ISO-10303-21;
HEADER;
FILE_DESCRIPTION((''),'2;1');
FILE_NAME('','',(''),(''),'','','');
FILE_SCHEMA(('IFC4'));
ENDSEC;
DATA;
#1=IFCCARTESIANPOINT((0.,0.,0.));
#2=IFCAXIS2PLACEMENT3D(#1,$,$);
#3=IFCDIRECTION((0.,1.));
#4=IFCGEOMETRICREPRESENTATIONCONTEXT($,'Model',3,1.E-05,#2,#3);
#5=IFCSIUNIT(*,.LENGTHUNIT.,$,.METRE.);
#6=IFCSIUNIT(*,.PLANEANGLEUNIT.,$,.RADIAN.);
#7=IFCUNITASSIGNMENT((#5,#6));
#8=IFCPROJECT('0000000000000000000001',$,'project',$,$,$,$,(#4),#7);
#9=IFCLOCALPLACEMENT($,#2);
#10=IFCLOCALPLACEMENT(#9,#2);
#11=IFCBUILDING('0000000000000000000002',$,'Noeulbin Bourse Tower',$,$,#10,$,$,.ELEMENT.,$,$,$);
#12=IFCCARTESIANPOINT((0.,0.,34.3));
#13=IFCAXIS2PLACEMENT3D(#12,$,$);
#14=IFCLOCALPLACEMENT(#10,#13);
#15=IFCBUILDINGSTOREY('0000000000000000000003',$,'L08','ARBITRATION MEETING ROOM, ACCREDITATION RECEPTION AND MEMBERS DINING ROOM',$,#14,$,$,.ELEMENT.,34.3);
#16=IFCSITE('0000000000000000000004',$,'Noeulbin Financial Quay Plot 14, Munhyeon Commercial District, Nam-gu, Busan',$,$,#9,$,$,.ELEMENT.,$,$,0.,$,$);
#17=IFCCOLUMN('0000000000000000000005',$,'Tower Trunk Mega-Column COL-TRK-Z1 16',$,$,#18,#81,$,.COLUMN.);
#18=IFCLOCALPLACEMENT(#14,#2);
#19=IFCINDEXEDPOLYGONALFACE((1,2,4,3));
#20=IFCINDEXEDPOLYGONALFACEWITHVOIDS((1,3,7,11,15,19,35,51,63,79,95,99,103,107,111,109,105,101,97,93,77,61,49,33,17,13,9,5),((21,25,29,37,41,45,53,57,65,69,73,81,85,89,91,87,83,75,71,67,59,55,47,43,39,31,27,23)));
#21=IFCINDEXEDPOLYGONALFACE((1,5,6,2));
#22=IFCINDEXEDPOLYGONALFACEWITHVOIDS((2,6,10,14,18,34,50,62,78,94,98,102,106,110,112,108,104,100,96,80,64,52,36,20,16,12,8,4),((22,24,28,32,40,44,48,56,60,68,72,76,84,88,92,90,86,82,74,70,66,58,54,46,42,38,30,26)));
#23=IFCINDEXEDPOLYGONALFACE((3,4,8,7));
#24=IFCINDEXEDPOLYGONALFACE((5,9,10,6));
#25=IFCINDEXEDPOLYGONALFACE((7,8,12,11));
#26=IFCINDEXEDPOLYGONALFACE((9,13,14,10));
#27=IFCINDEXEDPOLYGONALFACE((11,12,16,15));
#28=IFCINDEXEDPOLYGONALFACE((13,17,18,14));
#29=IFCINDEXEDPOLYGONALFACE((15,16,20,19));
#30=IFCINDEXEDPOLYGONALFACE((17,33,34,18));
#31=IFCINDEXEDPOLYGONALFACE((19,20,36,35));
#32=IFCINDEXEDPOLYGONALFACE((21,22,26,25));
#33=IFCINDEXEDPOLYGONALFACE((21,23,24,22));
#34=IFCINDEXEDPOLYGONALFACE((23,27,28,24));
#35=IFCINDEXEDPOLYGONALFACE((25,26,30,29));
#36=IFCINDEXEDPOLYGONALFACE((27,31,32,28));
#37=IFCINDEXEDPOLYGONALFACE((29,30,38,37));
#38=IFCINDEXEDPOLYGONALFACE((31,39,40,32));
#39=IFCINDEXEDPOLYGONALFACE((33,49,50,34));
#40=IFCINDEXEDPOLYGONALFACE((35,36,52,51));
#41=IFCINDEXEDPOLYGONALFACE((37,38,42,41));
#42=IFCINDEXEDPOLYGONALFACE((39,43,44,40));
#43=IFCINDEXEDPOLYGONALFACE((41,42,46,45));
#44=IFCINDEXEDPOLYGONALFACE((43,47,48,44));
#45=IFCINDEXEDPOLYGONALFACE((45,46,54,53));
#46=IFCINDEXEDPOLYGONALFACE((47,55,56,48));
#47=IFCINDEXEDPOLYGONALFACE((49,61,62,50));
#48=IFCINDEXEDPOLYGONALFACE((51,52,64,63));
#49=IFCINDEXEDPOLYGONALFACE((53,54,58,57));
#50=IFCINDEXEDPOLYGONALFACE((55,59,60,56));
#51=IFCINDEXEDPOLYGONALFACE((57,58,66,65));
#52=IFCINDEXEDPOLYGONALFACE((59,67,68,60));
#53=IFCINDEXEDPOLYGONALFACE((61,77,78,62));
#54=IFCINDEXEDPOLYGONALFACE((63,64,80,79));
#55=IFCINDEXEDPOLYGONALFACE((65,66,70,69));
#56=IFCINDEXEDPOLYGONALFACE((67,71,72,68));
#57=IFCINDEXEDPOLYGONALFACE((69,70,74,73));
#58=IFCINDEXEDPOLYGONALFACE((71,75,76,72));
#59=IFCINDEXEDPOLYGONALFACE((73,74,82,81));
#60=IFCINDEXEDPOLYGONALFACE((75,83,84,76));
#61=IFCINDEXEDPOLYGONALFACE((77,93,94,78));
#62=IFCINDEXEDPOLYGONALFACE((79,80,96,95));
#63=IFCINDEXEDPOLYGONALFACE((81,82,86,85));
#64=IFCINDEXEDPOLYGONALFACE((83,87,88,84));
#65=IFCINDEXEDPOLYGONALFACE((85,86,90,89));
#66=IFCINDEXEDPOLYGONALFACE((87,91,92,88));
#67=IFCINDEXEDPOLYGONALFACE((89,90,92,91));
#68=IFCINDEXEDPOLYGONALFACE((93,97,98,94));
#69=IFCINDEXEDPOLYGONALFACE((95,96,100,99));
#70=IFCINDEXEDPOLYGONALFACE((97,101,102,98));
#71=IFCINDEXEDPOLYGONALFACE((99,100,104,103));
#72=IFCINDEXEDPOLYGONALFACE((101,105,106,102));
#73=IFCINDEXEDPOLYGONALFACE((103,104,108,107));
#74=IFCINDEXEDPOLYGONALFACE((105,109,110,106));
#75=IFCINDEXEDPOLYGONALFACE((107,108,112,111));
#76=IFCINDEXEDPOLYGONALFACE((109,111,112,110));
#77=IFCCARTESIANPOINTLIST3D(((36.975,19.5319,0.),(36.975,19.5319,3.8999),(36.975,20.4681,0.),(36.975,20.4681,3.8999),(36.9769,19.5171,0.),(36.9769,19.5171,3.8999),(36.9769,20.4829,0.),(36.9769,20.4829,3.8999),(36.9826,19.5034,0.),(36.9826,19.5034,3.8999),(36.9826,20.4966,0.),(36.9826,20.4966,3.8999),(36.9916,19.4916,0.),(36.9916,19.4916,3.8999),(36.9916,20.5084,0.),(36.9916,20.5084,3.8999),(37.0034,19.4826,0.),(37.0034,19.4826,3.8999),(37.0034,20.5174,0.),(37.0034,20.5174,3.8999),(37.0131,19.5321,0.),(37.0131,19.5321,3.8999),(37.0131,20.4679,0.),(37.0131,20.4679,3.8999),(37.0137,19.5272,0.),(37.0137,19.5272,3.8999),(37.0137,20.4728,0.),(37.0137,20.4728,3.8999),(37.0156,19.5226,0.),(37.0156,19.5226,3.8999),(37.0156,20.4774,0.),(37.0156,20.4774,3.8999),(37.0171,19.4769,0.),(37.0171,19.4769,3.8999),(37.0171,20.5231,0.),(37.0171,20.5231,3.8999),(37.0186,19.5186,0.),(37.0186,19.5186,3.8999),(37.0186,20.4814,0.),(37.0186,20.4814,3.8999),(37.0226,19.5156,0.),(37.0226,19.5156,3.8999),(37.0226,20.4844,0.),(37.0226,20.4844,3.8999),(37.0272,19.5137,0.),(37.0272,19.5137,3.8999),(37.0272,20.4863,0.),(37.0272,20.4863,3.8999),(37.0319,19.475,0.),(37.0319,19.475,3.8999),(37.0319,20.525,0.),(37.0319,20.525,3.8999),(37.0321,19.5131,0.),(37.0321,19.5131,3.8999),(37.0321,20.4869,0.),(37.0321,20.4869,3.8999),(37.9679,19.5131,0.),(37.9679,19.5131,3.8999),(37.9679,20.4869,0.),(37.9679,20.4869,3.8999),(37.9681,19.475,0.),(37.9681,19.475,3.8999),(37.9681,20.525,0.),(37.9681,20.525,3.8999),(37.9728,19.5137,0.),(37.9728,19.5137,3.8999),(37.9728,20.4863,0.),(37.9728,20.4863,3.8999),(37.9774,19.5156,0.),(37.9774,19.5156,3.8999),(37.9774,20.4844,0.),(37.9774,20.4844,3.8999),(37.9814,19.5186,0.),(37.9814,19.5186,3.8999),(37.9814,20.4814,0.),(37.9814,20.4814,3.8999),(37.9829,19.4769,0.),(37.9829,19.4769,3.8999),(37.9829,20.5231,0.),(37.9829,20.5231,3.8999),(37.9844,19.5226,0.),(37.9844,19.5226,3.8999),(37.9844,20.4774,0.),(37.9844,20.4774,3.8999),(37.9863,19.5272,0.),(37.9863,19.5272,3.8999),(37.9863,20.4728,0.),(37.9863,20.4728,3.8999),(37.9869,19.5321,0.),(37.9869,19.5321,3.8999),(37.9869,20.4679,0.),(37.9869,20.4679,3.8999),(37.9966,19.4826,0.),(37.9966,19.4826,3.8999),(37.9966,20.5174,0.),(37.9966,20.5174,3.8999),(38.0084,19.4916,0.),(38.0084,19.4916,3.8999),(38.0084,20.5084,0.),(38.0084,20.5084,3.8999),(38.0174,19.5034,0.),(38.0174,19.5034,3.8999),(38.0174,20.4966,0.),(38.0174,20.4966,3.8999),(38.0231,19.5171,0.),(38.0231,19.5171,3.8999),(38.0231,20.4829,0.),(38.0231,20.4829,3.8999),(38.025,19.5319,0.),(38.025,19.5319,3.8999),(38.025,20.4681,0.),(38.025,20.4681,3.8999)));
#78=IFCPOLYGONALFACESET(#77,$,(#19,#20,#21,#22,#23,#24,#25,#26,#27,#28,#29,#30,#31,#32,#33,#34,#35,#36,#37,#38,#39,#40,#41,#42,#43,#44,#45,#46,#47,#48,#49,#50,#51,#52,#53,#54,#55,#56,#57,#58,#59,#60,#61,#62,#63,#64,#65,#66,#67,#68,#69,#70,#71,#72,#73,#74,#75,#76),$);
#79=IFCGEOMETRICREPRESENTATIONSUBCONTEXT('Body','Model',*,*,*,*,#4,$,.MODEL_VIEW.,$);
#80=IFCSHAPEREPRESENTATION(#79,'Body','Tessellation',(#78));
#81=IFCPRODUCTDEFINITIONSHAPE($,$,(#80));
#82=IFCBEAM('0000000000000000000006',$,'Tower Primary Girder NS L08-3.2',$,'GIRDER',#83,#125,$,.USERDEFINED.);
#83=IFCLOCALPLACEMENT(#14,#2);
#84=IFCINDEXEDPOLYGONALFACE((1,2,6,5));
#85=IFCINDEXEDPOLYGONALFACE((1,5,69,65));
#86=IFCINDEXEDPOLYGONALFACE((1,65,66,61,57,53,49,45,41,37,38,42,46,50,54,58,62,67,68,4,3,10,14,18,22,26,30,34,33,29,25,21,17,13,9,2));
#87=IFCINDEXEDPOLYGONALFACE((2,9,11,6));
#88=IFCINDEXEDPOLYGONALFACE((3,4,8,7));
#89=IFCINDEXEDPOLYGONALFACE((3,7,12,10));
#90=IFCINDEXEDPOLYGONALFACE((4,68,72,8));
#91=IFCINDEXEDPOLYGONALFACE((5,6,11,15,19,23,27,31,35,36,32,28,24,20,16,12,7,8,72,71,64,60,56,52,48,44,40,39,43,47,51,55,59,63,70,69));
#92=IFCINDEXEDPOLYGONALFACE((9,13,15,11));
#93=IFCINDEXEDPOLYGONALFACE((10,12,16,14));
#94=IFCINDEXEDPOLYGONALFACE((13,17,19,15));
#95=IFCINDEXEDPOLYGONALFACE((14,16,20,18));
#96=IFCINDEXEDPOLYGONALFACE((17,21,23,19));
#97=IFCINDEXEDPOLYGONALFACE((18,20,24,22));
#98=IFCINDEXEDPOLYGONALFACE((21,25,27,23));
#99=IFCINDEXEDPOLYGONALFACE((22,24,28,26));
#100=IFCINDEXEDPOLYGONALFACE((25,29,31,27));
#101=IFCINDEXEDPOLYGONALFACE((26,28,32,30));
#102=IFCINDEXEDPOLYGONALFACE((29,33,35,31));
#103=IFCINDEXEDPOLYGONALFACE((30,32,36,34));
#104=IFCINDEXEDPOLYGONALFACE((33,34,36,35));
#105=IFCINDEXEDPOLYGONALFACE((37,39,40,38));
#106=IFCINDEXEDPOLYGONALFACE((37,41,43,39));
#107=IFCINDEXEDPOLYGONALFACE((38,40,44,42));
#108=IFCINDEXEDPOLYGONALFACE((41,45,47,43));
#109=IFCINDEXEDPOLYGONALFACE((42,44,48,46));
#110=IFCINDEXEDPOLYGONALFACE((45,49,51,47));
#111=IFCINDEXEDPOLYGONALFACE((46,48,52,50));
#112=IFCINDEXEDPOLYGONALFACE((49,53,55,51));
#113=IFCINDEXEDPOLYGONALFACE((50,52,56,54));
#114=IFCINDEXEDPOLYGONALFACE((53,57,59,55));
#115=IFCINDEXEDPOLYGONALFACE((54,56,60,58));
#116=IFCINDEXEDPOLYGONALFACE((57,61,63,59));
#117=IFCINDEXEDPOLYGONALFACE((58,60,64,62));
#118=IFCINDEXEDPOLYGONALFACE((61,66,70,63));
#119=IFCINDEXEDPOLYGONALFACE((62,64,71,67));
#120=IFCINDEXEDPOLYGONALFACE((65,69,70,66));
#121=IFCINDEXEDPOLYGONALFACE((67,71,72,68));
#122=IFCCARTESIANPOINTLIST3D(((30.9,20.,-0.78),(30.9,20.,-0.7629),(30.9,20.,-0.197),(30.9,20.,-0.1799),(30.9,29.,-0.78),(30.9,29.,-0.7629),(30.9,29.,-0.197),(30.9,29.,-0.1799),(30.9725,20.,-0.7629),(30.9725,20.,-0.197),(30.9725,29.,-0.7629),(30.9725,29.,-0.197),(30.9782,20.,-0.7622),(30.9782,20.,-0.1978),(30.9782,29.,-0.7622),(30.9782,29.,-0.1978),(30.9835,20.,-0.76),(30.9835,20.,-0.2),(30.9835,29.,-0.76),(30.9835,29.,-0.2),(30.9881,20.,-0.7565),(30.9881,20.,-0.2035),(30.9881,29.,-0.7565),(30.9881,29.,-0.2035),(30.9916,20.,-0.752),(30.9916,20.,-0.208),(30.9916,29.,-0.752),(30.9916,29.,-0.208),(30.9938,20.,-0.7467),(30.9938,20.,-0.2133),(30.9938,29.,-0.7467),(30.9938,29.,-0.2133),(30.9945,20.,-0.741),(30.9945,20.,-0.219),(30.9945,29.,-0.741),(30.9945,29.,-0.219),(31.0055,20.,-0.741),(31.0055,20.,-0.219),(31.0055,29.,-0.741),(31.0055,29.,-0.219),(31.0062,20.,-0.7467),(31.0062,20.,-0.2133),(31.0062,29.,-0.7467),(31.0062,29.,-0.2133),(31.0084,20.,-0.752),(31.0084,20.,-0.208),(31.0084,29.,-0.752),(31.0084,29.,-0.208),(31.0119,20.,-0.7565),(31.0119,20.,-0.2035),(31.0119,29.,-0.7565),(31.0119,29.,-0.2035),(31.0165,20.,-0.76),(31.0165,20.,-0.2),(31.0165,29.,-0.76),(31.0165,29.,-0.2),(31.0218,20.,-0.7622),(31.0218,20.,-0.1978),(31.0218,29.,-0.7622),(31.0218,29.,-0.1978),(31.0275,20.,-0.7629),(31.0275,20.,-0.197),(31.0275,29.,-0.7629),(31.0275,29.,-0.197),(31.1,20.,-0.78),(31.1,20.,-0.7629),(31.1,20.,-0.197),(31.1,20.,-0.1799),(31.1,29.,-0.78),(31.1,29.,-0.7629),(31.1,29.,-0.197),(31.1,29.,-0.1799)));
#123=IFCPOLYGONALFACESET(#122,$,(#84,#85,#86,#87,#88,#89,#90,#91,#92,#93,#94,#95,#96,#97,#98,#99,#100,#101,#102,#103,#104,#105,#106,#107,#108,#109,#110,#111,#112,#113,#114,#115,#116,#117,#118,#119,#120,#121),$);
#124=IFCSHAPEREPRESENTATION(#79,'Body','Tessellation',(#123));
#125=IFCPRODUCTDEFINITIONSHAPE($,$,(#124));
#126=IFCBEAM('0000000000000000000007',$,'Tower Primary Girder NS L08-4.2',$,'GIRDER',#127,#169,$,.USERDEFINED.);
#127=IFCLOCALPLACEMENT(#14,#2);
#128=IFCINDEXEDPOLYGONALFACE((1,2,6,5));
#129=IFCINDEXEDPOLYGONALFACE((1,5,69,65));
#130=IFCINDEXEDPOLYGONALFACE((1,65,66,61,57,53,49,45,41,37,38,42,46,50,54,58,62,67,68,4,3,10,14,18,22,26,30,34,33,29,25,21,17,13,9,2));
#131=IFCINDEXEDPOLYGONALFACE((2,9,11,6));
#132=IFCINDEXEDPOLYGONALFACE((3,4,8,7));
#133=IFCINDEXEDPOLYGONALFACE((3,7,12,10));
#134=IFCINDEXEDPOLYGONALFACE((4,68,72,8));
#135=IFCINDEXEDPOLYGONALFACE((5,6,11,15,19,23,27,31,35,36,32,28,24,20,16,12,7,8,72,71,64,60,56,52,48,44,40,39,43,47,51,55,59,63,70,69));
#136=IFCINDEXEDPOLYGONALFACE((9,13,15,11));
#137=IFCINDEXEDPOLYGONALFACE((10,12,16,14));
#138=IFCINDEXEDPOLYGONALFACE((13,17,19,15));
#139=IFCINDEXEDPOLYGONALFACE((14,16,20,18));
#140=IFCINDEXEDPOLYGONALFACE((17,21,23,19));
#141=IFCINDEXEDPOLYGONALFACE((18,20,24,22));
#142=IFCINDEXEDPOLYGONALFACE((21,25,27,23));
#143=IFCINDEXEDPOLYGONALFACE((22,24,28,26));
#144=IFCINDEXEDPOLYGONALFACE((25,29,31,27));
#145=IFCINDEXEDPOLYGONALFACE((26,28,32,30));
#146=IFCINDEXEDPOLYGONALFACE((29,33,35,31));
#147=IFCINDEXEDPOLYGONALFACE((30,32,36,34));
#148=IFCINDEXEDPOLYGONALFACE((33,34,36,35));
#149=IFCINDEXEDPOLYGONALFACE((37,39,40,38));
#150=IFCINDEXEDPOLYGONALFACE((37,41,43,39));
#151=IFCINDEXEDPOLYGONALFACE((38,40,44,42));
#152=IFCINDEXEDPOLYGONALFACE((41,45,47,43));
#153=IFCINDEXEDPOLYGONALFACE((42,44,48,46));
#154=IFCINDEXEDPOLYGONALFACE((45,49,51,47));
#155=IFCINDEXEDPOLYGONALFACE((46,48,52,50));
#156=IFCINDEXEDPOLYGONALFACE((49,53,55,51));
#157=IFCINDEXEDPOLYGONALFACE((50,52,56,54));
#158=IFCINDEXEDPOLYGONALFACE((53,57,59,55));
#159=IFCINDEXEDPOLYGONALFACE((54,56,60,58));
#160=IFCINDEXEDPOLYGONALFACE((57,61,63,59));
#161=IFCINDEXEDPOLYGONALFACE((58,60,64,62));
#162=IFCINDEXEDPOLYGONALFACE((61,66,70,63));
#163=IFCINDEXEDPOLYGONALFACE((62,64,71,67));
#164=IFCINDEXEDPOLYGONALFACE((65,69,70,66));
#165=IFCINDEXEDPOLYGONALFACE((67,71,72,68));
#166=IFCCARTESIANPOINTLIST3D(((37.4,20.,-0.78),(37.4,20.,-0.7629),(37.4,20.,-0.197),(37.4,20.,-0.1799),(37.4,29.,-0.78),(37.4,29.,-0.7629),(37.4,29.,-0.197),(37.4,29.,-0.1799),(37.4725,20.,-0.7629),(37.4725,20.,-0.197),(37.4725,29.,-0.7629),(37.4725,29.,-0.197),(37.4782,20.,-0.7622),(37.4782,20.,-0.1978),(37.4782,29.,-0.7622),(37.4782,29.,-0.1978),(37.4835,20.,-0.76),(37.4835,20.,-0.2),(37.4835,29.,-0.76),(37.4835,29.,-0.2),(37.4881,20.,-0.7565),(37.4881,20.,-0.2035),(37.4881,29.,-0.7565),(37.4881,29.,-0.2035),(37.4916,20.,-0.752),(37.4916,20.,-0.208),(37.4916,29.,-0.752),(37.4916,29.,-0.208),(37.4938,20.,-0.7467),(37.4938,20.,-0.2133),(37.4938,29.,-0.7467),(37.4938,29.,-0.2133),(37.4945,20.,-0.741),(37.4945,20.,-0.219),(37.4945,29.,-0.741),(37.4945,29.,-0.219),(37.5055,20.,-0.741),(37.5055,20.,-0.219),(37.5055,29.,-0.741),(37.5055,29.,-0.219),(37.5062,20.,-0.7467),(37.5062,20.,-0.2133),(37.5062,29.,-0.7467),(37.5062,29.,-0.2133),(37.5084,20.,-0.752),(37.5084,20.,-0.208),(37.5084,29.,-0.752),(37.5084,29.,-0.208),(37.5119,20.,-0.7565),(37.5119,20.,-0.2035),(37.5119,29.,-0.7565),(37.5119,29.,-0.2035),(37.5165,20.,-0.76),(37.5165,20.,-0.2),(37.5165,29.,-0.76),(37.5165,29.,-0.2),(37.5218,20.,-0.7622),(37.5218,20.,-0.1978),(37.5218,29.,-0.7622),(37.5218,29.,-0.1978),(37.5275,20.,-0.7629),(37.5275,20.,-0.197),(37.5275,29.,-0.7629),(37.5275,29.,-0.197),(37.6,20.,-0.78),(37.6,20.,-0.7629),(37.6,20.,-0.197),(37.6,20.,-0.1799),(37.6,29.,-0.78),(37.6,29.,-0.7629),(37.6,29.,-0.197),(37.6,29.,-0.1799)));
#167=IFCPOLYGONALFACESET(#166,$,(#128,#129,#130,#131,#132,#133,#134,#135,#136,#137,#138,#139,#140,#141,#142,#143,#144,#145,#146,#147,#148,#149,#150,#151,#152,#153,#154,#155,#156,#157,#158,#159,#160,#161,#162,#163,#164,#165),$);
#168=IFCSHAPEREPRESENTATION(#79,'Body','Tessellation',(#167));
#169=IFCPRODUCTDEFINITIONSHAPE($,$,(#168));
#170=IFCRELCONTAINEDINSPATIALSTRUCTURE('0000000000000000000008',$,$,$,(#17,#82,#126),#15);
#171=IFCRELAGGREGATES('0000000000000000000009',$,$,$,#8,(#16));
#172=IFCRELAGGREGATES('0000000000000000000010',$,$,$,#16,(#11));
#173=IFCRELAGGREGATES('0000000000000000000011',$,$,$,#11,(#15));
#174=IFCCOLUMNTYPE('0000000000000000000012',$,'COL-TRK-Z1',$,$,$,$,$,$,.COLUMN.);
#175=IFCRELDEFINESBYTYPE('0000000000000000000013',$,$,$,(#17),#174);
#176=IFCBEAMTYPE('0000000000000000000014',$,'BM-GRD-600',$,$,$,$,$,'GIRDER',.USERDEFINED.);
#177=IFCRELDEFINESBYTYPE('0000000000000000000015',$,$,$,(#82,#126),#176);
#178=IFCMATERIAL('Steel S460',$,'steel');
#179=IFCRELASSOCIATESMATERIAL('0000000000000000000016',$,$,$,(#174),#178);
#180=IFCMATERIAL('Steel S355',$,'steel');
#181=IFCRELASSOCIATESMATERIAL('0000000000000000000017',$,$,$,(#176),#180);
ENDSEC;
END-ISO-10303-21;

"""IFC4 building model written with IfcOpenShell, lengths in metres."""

from ifc_helpers import new_model, si_unit, direction, frame, origin, origin_2d, place, context, subcontext, project, spatial, hollow_rectangle, i_section, extrude, material, material_profile, profile_set, type_object, element, save


model = new_model("IFC4")

# Units and contexts
model_context = context("Model", 3, precision=1e-05, world=origin(), true_north=direction((0.0, 1.0)))
body_context = subcontext(model_context, "Body", "Model", "MODEL_VIEW")
ifc_project = project(units=[si_unit("LENGTHUNIT", "METRE"), si_unit("PLANEANGLEUNIT", "RADIAN")], contexts=[model_context])

# Site, building, storey
site_placement = place(None, origin())
site = spatial("IfcSite", under=ifc_project, at=site_placement, Name="Noeulbin Financial Quay Plot 14, Munhyeon Commercial District, Nam-gu, Busan", CompositionType="ELEMENT", RefElevation=0.0)
building_placement = place(site_placement, origin())
building = spatial("IfcBuilding", under=site, at=building_placement, Name="Noeulbin Bourse Tower", CompositionType="ELEMENT")
storey_placement = place(building_placement, frame((0.0, 0.0, 34.3)))
storey = spatial("IfcBuildingStorey", under=building, at=storey_placement, Name="L08", Description="ARBITRATION MEETING ROOM, ACCREDITATION RECEPTION AND MEMBERS DINING ROOM", CompositionType="ELEMENT", Elevation=34.3)

# Column
ifc_material_1 = material(Name="Steel S460", Category="steel")
ifc_material_profile_1 = material_profile(ifc_material_1, hollow_rectangle(XDim=1.05, YDim=1.05, WallThickness=0.0381, InnerFilletRadius=0.019, OuterFilletRadius=0.0569, at=origin_2d()), Name="BOX-1050x1050x38", Category="LoadBearing")
ifc_profile_set_1 = profile_set([ifc_material_profile_1], Name="Steel S460")
column_type = type_object("IfcColumnType", Name="COL-TRK-Z1", PredefinedType="COLUMN", material=ifc_profile_set_1)
for number, where, z_axis, x_axis, name in (
    (1, (37.5, 20.0, 0.0), (0.0, 0.0, 1.0), (1.0, 0.0, 0.0), "Tower Trunk Mega-Column COL-TRK-Z1 16"),
):
    element("IfcColumn", number, at=place(storey_placement, frame(where, z_axis=z_axis, x_axis=x_axis)), inside=storey, type_object=column_type, Name=name, PredefinedType="COLUMN", context=body_context, shape_type="SweptSolid", body=[
        extrude(hollow_rectangle(XDim=1.05, YDim=1.05, WallThickness=0.0381, InnerFilletRadius=0.019, OuterFilletRadius=0.0569, at=origin_2d()), origin(), (0.0, 0.0, 1.0), 3.8999),
    ])

# Beams
ifc_material_2 = material(Name="Steel S355", Category="steel")
ifc_material_profile_2 = material_profile(ifc_material_2, i_section(OverallWidth=0.2, OverallDepth=0.6001, WebThickness=0.011, FlangeThickness=0.0171, FilletRadius=0.022, at=origin_2d()), Name="H-600x200x11x17", Category="LoadBearing")
ifc_profile_set_2 = profile_set([ifc_material_profile_2], Name="Steel S355")
beam_type_1 = type_object("IfcBeamType", Name="BM-GRD-600", ElementType="GIRDER", PredefinedType="USERDEFINED", material=ifc_profile_set_2)
for number, where, z_axis, x_axis, name in (
    (2, (31.0, 20.0, -0.48), (0.0, 1.0, 0.0), (-1.0, 0.0, 0.0), "Tower Primary Girder NS L08-3.2"),
    (3, (37.5, 20.0, -0.48), (0.0, 1.0, 0.0), (-1.0, 0.0, 0.0), "Tower Primary Girder NS L08-4.2"),
):
    element("IfcBeam", number, at=place(storey_placement, frame(where, z_axis=z_axis, x_axis=x_axis)), inside=storey, type_object=beam_type_1, Name=name, ObjectType="GIRDER", PredefinedType="USERDEFINED", context=body_context, shape_type="SweptSolid", body=[
        extrude(i_section(OverallWidth=0.2, OverallDepth=0.6001, WebThickness=0.011, FlangeThickness=0.0171, FilletRadius=0.022, at=origin_2d()), origin(), (0.0, 0.0, 1.0), 9.0),
    ])

save(model, "model.ifc")
